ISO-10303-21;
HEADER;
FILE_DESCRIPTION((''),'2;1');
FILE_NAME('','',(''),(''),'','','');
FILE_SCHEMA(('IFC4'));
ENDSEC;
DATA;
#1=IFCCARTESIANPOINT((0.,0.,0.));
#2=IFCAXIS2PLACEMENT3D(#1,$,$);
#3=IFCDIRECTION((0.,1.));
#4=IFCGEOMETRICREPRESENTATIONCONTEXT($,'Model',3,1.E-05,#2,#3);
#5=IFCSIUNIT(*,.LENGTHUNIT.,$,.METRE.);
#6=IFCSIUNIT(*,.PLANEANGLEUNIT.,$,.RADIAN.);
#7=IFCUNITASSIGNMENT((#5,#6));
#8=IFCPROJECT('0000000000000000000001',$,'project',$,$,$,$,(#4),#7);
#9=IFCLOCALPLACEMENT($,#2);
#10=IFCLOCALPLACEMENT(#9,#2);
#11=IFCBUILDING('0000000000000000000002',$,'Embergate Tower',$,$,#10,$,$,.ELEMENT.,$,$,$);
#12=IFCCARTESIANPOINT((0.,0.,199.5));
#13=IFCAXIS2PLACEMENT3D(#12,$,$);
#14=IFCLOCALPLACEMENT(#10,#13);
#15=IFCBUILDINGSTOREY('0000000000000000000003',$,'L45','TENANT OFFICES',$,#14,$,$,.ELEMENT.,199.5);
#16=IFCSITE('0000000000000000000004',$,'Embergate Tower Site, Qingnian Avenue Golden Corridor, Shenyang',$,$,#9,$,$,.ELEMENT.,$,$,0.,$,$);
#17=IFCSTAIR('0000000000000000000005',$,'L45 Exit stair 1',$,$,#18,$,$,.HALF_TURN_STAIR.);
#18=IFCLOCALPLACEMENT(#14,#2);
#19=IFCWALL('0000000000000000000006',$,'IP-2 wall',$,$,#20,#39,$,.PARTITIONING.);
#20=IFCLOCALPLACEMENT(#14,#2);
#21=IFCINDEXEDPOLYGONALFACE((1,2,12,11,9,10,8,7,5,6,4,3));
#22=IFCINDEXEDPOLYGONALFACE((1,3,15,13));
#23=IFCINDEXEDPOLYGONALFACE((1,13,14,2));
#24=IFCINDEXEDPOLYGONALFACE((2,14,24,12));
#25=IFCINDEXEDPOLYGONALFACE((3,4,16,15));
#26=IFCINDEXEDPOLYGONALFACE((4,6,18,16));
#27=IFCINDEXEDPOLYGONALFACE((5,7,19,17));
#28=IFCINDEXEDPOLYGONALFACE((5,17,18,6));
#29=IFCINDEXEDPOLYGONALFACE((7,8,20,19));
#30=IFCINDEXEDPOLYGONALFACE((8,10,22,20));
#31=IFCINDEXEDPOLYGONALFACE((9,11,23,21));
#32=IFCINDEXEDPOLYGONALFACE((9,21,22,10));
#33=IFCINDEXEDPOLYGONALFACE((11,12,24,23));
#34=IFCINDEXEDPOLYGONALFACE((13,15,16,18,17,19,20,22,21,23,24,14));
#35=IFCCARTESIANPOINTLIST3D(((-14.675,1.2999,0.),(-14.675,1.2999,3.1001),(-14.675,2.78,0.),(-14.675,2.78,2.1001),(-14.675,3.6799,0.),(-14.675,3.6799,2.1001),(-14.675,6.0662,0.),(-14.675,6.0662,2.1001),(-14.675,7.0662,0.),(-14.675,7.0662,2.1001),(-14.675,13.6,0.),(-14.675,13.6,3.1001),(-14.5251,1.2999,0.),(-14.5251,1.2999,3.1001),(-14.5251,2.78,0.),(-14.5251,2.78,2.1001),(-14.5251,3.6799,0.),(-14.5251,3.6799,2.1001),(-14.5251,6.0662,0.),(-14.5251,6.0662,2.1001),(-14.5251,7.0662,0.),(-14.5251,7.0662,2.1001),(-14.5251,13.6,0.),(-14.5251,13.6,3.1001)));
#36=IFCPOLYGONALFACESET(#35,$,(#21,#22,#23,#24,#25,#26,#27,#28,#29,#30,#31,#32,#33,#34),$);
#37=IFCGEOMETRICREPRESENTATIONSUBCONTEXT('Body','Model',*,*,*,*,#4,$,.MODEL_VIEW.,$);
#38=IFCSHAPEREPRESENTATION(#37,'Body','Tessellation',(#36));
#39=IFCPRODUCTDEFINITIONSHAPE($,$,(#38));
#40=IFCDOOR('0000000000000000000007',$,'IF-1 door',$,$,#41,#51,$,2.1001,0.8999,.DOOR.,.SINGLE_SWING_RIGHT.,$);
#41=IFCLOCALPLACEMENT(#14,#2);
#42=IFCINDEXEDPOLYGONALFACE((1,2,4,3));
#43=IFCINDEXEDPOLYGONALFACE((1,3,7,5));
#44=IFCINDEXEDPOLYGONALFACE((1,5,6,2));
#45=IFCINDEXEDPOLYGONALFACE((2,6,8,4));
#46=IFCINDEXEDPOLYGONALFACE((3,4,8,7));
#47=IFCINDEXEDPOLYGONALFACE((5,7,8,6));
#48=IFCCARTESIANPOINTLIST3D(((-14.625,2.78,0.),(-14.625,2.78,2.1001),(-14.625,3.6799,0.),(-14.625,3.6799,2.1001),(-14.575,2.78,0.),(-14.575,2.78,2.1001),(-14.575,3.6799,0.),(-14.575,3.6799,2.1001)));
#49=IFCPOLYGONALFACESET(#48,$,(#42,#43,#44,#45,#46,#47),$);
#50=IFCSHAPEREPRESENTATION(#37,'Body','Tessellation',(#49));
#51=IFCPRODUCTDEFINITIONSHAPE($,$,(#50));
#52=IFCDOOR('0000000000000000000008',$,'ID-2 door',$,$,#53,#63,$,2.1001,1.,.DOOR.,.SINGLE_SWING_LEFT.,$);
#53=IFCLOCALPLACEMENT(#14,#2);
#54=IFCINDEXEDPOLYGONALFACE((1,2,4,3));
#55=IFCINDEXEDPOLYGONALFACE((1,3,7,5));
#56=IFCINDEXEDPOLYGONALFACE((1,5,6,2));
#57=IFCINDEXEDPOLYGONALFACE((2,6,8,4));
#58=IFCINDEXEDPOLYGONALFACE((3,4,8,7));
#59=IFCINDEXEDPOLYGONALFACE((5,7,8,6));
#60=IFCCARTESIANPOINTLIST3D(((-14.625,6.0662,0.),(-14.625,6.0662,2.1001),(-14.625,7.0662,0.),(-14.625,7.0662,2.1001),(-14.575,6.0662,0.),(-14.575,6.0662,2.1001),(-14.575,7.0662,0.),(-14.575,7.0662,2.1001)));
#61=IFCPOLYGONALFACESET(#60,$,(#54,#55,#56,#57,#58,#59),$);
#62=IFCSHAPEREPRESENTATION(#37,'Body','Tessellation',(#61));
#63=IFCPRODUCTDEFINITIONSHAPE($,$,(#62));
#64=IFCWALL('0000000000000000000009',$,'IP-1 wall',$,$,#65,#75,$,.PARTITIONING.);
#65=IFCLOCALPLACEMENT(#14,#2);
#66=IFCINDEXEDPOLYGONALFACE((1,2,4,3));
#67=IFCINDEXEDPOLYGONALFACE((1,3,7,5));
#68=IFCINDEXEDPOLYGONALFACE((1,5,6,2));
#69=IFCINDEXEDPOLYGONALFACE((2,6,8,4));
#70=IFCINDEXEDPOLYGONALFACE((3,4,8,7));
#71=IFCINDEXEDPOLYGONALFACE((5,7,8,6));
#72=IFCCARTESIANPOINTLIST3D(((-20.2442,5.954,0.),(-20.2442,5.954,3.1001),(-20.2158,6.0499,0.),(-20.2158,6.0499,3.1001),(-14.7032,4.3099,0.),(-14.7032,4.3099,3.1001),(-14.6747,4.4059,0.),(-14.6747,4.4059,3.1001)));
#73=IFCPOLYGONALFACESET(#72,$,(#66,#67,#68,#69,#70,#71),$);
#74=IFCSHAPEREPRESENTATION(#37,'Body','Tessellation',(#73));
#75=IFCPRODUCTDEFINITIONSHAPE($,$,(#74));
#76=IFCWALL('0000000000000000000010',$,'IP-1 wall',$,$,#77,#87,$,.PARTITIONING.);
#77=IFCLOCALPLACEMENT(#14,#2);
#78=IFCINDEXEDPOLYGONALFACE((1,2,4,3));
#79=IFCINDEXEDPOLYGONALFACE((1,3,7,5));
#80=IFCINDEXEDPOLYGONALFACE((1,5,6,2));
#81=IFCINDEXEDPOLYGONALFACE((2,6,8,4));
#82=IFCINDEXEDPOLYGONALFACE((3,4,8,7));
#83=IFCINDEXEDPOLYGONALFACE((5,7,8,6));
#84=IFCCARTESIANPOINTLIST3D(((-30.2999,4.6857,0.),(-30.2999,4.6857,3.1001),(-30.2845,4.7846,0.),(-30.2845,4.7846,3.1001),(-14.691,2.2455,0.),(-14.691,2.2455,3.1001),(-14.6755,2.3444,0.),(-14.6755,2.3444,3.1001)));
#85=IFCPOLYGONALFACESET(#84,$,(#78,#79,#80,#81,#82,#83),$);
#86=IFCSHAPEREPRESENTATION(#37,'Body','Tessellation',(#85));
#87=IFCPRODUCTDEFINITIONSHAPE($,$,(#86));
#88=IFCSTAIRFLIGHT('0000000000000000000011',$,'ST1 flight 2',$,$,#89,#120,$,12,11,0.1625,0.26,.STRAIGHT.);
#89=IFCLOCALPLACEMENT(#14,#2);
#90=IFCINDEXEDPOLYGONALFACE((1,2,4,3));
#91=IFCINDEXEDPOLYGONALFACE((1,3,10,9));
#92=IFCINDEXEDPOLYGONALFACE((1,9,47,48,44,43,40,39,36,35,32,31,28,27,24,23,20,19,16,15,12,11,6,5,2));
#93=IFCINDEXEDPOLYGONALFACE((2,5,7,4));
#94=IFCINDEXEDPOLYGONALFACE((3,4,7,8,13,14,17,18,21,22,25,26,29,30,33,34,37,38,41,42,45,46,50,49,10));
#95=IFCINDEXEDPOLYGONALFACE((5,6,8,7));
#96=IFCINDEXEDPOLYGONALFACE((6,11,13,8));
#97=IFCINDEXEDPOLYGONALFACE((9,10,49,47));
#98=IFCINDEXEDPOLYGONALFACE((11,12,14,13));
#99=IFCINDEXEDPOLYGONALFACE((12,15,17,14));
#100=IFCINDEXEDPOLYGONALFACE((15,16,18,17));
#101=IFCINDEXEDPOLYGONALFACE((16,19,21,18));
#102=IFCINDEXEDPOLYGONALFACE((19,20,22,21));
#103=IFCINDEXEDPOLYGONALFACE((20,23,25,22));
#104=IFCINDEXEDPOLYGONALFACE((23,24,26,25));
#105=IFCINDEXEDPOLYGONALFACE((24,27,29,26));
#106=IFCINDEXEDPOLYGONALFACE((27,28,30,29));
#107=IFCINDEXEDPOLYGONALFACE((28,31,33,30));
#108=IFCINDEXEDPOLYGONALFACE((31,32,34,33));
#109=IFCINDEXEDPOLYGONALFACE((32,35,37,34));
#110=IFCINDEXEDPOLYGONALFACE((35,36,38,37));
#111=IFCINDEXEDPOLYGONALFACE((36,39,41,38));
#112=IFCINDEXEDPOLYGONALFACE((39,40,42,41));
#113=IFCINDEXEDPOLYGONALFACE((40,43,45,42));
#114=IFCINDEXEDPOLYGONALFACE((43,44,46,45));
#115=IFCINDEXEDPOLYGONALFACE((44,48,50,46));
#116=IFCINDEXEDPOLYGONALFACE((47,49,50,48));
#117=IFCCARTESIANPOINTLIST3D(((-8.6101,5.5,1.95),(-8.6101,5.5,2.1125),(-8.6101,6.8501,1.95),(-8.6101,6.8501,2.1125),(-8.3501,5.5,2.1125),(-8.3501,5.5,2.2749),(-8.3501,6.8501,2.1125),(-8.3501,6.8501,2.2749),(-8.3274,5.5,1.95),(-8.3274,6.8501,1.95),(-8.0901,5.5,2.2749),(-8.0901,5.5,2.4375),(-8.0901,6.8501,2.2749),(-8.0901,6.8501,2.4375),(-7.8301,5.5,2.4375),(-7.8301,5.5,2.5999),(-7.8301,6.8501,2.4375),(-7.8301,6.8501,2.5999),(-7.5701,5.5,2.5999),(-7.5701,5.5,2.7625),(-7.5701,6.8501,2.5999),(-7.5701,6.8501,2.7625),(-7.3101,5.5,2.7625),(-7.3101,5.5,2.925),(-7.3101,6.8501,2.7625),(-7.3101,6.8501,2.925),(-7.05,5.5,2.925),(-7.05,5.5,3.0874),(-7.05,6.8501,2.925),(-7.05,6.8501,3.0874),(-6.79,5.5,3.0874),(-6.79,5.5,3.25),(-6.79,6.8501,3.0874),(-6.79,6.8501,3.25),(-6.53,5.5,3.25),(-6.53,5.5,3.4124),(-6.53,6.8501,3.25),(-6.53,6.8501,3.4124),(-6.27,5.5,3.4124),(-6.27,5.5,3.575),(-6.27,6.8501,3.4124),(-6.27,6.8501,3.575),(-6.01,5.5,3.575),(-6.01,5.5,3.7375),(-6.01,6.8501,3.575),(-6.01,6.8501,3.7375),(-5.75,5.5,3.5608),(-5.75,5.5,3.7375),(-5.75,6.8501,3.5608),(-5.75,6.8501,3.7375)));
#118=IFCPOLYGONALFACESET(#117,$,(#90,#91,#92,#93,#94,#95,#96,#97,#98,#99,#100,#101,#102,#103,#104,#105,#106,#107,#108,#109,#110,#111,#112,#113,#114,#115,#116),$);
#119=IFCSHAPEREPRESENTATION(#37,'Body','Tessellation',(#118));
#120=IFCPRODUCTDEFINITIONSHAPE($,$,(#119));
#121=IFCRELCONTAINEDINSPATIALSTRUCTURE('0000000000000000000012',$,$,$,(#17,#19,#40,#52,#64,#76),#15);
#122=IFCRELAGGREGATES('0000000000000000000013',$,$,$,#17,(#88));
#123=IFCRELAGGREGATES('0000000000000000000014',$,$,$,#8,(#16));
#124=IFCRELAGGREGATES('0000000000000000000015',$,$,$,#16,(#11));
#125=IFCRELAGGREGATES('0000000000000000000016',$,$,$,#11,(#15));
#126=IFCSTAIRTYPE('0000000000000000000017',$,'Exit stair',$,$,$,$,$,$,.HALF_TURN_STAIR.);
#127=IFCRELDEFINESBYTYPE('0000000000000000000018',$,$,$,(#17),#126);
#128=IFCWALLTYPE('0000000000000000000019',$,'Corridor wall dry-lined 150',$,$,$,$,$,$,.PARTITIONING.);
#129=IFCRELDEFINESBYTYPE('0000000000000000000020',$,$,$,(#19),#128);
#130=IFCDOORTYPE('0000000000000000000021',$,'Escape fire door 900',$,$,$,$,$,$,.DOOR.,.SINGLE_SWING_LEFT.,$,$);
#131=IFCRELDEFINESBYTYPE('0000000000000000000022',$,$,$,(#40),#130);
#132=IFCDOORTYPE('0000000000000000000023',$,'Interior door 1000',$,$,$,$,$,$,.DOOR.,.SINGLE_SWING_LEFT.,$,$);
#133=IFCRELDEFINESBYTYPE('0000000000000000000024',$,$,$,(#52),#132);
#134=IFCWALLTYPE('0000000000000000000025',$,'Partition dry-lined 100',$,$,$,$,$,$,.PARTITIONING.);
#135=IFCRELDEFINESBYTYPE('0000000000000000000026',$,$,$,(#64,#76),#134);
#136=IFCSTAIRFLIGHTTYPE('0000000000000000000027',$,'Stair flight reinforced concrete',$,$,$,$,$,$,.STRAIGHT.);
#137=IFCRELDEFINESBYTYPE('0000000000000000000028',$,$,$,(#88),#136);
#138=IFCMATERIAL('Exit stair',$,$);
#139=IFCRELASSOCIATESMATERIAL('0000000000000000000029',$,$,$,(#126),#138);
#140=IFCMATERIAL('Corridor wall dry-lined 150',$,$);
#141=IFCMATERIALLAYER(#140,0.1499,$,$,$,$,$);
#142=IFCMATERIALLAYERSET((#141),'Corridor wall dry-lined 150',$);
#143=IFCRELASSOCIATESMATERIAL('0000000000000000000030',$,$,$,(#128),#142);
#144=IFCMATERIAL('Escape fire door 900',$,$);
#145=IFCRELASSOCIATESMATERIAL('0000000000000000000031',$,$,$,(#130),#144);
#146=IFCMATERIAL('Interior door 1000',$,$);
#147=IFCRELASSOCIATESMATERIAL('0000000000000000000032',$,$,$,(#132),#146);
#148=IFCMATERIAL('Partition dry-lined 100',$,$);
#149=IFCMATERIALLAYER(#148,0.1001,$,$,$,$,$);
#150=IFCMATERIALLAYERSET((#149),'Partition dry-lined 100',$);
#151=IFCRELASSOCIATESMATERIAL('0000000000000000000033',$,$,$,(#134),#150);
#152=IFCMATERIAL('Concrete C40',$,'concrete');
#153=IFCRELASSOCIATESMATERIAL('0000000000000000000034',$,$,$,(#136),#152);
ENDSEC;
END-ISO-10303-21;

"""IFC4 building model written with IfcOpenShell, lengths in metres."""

from ifc_helpers import new_model, si_unit, direction, frame, frame_2d, origin, place, context, subcontext, project, spatial, polyline, rectangle, outline, extrude, source, transform, mapped, material, layer, layer_set, type_object, element, fill, aggregate, save


model = new_model("IFC4")

# Units and contexts
model_context = context("Model", 3, precision=1e-05, world=origin(), true_north=direction((0.0, 1.0)))
body_context = subcontext(model_context, "Body", "Model", "MODEL_VIEW")
ifc_project = project(units=[si_unit("LENGTHUNIT", "METRE"), si_unit("PLANEANGLEUNIT", "RADIAN")], contexts=[model_context])

# Site, building, storey
site_placement = place(None, origin())
site = spatial("IfcSite", under=ifc_project, at=site_placement, Name="Embergate Tower Site, Qingnian Avenue Golden Corridor, Shenyang", CompositionType="ELEMENT", RefElevation=0.0)
building_placement = place(site_placement, origin())
building = spatial("IfcBuilding", under=site, at=building_placement, Name="Embergate Tower", CompositionType="ELEMENT")
storey_placement = place(building_placement, frame((0.0, 0.0, 199.5)))
storey = spatial("IfcBuildingStorey", under=building, at=storey_placement, Name="L45", Description="TENANT OFFICES", CompositionType="ELEMENT", Elevation=199.5)

# Stair
ifc_material_1 = material(Name="Exit stair")
stair_type = type_object("IfcStairType", Name="Exit stair", PredefinedType="HALF_TURN_STAIR", material=ifc_material_1)
stair_placement = place(storey_placement, origin())
stair = element("IfcStair", 1, at=stair_placement, inside=storey, type_object=stair_type, Name="L45 Exit stair 1", PredefinedType="HALF_TURN_STAIR")
ifc_material_2 = material(Name="Concrete C40", Category="concrete")

# Shared definitions
ifc_material_3 = material(Name="Corridor wall dry-lined 150")
ifc_layer_1 = layer(ifc_material_3, 0.1499)
ifc_layer_set_1 = layer_set([ifc_layer_1], Name="Corridor wall dry-lined 150")
wall_type_1 = type_object("IfcWallType", Name="Corridor wall dry-lined 150", PredefinedType="PARTITIONING", material=ifc_layer_set_1)
shared_shape_1 = source(origin(), body_context, "Body", "SweptSolid", [
    extrude(rectangle(XDim=0.8999, YDim=2.1001, at=frame_2d((0.45, 1.05))), frame((0.0, 0.085, 0.0), z_axis=(0.0, -1.0, 0.0), x_axis=(1.0, 0.0, 0.0)), (0.0, 0.0, 1.0), 0.1699),
])
ifc_material_4 = material(Name="Escape fire door 900")
door_type_1 = type_object("IfcDoorType", Name="Escape fire door 900", OperationType="SINGLE_SWING_LEFT", PredefinedType="DOOR", material=ifc_material_4)
shared_shape_2 = source(origin(), body_context, "Body", "SweptSolid", [
    extrude(rectangle(XDim=0.8999, YDim=2.1001, at=frame_2d((0.45, 1.05))), frame((0.0, 0.0249, 0.0), z_axis=(0.0, -1.0, 0.0), x_axis=(1.0, 0.0, 0.0)), (0.0, 0.0, 1.0), 0.05),
])

# Wall, openings, doors
shared_shape_3 = source(origin(), body_context, "Body", "SweptSolid", [
    extrude(rectangle(XDim=12.3, YDim=0.1499, at=frame_2d((6.1499, 0.0))), origin(), (0.0, 0.0, 1.0), 3.1001),
])
wall_1_placement = place(storey_placement, frame((-14.6001, 1.3, 0.0), z_axis=(0.0, 0.0, 1.0), x_axis=(0.0, 1.0, 0.0)))
wall_1 = element("IfcWall", 2, at=wall_1_placement, inside=storey, type_object=wall_type_1, Name="IP-2 wall", PredefinedType="PARTITIONING", context=body_context, shape_type="MappedRepresentation", body=[
    mapped(shared_shape_3, transform((0.0, 0.0, 0.0))),
])
shared_shape_4 = source(origin(), body_context, "Body", "SweptSolid", [
    extrude(rectangle(XDim=1.0, YDim=2.1001, at=frame_2d((0.5, 1.05))), frame((0.0, 0.085, 0.0), z_axis=(0.0, -1.0, 0.0), x_axis=(1.0, 0.0, 0.0)), (0.0, 0.0, 1.0), 0.1699),
])
opening_1_placement = place(wall_1_placement, frame((4.7661, 0.0, 0.0)))
opening_1 = element("IfcOpeningElement", 3, at=opening_1_placement, cuts=wall_1, PredefinedType="OPENING", context=body_context, shape_type="MappedRepresentation", body=[
    mapped(shared_shape_4, transform((0.0, 0.0, 0.0))),
])
opening_2_placement = place(wall_1_placement, frame((1.48, 0.0, 0.0)))
opening_2 = element("IfcOpeningElement", 4, at=opening_2_placement, cuts=wall_1, PredefinedType="OPENING", context=body_context, shape_type="MappedRepresentation", body=[
    mapped(shared_shape_1, transform((0.0, 0.0, 0.0))),
])
door_1_placement = place(opening_2_placement, origin())
door_1 = element("IfcDoor", 5, at=door_1_placement, inside=storey, type_object=door_type_1, Name="IF-1 door", OperationType="SINGLE_SWING_RIGHT", OverallHeight=2.1001, OverallWidth=0.8999, PredefinedType="DOOR", context=body_context, shape_type="MappedRepresentation", body=[
    mapped(shared_shape_2, transform((0.0, 0.0, 0.0))),
])
fill(opening_2, door_1)
ifc_material_5 = material(Name="Interior door 1000")
door_type_2 = type_object("IfcDoorType", Name="Interior door 1000", OperationType="SINGLE_SWING_LEFT", PredefinedType="DOOR", material=ifc_material_5)
shared_shape_5 = source(origin(), body_context, "Body", "SweptSolid", [
    extrude(rectangle(XDim=1.0, YDim=2.1001, at=frame_2d((0.5, 1.05))), frame((0.0, 0.0249, 0.0), z_axis=(0.0, -1.0, 0.0), x_axis=(1.0, 0.0, 0.0)), (0.0, 0.0, 1.0), 0.05),
])
door_2_placement = place(opening_1_placement, origin())
door_2 = element("IfcDoor", 6, at=door_2_placement, inside=storey, type_object=door_type_2, Name="ID-2 door", OperationType="SINGLE_SWING_LEFT", OverallHeight=2.1001, OverallWidth=1.0, PredefinedType="DOOR", context=body_context, shape_type="MappedRepresentation", body=[
    mapped(shared_shape_5, transform((0.0, 0.0, 0.0))),
])
fill(opening_1, door_2)

# Walls
ifc_material_6 = material(Name="Partition dry-lined 100")
ifc_layer_2 = layer(ifc_material_6, 0.1001)
ifc_layer_set_2 = layer_set([ifc_layer_2], Name="Partition dry-lined 100")
wall_type_2 = type_object("IfcWallType", Name="Partition dry-lined 100", PredefinedType="PARTITIONING", material=ifc_layer_set_2)
shared_shape_6 = source(origin(), body_context, "Body", "SweptSolid", [
    extrude(rectangle(XDim=5.7798, YDim=0.1001, at=frame_2d((2.8899, 0.0))), origin(), (0.0, 0.0, 1.0), 3.1001),
])
wall_2_placement = place(storey_placement, frame((-14.689, 4.3579, 0.0), z_axis=(0.0, 0.0, 1.0), x_axis=(-0.958692, 0.284448, 0.0)))
element("IfcWall", 7, at=wall_2_placement, inside=storey, type_object=wall_type_2, Name="IP-1 wall", PredefinedType="PARTITIONING", context=body_context, shape_type="MappedRepresentation", body=[
    mapped(shared_shape_6, transform((0.0, 0.0, 0.0))),
])
shared_shape_7 = source(origin(), body_context, "Body", "SweptSolid", [
    extrude(rectangle(XDim=15.7986, YDim=0.1001, at=frame_2d((7.8994, 0.0))), origin(), (0.0, 0.0, 1.0), 3.1001),
])
wall_3_placement = place(storey_placement, frame((-14.6831, 2.2949, 0.0), z_axis=(0.0, 0.0, 1.0), x_axis=(-0.988, 0.154457, 0.0)))
element("IfcWall", 8, at=wall_3_placement, inside=storey, type_object=wall_type_2, Name="IP-1 wall", PredefinedType="PARTITIONING", context=body_context, shape_type="MappedRepresentation", body=[
    mapped(shared_shape_7, transform((0.0, 0.0, 0.0))),
])

# Stair flight
stair_flight_type = type_object("IfcStairFlightType", Name="Stair flight reinforced concrete", PredefinedType="STRAIGHT", material=ifc_material_2)
shared_shape_8 = source(origin(), body_context, "Body", "SweptSolid", [
    extrude(outline(polyline([(0.0, 0.0), (0.0, 0.1626), (0.26, 0.1626), (0.26, 0.325), (0.52, 0.325), (0.52, 0.4875), (0.78, 0.4875), (0.78, 0.6499), (1.04, 0.6499), (1.04, 0.8125), (1.3, 0.8125), (1.3, 0.9751), (1.5601, 0.9751), (1.5601, 1.1375), (1.8201, 1.1375), (1.8201, 1.3), (2.0801, 1.3), (2.0801, 1.4624), (2.3401, 1.4624), (2.3401, 1.625), (2.6001, 1.625), (2.6001, 1.7876), (2.8601, 1.7876), (2.8601, 1.95), (2.8601, 1.6108), (0.2827, 0.0), (0.0, 0.0)])), frame((0.0, 0.675, 0.0), z_axis=(0.0, -1.0, 0.0), x_axis=(1.0, 0.0, 0.0)), (0.0, 0.0, 1.0), 1.3501),
])
stair_flight_placement = place(storey_placement, frame((-8.6101, 6.175, 1.95), z_axis=(0.0, 0.0, 1.0), x_axis=(1.0, 0.0, 0.0)))
stair_flight = element("IfcStairFlight", 9, at=stair_flight_placement, type_object=stair_flight_type, Name="ST1 flight 2", NumberOfRisers=12, NumberOfTreads=11, PredefinedType="STRAIGHT", RiserHeight=0.1625, TreadLength=0.26, context=body_context, shape_type="MappedRepresentation", body=[
    mapped(shared_shape_8, transform((0.0, 0.0, 0.0))),
])
aggregate(stair, [stair_flight])

save(model, "model.ifc")
